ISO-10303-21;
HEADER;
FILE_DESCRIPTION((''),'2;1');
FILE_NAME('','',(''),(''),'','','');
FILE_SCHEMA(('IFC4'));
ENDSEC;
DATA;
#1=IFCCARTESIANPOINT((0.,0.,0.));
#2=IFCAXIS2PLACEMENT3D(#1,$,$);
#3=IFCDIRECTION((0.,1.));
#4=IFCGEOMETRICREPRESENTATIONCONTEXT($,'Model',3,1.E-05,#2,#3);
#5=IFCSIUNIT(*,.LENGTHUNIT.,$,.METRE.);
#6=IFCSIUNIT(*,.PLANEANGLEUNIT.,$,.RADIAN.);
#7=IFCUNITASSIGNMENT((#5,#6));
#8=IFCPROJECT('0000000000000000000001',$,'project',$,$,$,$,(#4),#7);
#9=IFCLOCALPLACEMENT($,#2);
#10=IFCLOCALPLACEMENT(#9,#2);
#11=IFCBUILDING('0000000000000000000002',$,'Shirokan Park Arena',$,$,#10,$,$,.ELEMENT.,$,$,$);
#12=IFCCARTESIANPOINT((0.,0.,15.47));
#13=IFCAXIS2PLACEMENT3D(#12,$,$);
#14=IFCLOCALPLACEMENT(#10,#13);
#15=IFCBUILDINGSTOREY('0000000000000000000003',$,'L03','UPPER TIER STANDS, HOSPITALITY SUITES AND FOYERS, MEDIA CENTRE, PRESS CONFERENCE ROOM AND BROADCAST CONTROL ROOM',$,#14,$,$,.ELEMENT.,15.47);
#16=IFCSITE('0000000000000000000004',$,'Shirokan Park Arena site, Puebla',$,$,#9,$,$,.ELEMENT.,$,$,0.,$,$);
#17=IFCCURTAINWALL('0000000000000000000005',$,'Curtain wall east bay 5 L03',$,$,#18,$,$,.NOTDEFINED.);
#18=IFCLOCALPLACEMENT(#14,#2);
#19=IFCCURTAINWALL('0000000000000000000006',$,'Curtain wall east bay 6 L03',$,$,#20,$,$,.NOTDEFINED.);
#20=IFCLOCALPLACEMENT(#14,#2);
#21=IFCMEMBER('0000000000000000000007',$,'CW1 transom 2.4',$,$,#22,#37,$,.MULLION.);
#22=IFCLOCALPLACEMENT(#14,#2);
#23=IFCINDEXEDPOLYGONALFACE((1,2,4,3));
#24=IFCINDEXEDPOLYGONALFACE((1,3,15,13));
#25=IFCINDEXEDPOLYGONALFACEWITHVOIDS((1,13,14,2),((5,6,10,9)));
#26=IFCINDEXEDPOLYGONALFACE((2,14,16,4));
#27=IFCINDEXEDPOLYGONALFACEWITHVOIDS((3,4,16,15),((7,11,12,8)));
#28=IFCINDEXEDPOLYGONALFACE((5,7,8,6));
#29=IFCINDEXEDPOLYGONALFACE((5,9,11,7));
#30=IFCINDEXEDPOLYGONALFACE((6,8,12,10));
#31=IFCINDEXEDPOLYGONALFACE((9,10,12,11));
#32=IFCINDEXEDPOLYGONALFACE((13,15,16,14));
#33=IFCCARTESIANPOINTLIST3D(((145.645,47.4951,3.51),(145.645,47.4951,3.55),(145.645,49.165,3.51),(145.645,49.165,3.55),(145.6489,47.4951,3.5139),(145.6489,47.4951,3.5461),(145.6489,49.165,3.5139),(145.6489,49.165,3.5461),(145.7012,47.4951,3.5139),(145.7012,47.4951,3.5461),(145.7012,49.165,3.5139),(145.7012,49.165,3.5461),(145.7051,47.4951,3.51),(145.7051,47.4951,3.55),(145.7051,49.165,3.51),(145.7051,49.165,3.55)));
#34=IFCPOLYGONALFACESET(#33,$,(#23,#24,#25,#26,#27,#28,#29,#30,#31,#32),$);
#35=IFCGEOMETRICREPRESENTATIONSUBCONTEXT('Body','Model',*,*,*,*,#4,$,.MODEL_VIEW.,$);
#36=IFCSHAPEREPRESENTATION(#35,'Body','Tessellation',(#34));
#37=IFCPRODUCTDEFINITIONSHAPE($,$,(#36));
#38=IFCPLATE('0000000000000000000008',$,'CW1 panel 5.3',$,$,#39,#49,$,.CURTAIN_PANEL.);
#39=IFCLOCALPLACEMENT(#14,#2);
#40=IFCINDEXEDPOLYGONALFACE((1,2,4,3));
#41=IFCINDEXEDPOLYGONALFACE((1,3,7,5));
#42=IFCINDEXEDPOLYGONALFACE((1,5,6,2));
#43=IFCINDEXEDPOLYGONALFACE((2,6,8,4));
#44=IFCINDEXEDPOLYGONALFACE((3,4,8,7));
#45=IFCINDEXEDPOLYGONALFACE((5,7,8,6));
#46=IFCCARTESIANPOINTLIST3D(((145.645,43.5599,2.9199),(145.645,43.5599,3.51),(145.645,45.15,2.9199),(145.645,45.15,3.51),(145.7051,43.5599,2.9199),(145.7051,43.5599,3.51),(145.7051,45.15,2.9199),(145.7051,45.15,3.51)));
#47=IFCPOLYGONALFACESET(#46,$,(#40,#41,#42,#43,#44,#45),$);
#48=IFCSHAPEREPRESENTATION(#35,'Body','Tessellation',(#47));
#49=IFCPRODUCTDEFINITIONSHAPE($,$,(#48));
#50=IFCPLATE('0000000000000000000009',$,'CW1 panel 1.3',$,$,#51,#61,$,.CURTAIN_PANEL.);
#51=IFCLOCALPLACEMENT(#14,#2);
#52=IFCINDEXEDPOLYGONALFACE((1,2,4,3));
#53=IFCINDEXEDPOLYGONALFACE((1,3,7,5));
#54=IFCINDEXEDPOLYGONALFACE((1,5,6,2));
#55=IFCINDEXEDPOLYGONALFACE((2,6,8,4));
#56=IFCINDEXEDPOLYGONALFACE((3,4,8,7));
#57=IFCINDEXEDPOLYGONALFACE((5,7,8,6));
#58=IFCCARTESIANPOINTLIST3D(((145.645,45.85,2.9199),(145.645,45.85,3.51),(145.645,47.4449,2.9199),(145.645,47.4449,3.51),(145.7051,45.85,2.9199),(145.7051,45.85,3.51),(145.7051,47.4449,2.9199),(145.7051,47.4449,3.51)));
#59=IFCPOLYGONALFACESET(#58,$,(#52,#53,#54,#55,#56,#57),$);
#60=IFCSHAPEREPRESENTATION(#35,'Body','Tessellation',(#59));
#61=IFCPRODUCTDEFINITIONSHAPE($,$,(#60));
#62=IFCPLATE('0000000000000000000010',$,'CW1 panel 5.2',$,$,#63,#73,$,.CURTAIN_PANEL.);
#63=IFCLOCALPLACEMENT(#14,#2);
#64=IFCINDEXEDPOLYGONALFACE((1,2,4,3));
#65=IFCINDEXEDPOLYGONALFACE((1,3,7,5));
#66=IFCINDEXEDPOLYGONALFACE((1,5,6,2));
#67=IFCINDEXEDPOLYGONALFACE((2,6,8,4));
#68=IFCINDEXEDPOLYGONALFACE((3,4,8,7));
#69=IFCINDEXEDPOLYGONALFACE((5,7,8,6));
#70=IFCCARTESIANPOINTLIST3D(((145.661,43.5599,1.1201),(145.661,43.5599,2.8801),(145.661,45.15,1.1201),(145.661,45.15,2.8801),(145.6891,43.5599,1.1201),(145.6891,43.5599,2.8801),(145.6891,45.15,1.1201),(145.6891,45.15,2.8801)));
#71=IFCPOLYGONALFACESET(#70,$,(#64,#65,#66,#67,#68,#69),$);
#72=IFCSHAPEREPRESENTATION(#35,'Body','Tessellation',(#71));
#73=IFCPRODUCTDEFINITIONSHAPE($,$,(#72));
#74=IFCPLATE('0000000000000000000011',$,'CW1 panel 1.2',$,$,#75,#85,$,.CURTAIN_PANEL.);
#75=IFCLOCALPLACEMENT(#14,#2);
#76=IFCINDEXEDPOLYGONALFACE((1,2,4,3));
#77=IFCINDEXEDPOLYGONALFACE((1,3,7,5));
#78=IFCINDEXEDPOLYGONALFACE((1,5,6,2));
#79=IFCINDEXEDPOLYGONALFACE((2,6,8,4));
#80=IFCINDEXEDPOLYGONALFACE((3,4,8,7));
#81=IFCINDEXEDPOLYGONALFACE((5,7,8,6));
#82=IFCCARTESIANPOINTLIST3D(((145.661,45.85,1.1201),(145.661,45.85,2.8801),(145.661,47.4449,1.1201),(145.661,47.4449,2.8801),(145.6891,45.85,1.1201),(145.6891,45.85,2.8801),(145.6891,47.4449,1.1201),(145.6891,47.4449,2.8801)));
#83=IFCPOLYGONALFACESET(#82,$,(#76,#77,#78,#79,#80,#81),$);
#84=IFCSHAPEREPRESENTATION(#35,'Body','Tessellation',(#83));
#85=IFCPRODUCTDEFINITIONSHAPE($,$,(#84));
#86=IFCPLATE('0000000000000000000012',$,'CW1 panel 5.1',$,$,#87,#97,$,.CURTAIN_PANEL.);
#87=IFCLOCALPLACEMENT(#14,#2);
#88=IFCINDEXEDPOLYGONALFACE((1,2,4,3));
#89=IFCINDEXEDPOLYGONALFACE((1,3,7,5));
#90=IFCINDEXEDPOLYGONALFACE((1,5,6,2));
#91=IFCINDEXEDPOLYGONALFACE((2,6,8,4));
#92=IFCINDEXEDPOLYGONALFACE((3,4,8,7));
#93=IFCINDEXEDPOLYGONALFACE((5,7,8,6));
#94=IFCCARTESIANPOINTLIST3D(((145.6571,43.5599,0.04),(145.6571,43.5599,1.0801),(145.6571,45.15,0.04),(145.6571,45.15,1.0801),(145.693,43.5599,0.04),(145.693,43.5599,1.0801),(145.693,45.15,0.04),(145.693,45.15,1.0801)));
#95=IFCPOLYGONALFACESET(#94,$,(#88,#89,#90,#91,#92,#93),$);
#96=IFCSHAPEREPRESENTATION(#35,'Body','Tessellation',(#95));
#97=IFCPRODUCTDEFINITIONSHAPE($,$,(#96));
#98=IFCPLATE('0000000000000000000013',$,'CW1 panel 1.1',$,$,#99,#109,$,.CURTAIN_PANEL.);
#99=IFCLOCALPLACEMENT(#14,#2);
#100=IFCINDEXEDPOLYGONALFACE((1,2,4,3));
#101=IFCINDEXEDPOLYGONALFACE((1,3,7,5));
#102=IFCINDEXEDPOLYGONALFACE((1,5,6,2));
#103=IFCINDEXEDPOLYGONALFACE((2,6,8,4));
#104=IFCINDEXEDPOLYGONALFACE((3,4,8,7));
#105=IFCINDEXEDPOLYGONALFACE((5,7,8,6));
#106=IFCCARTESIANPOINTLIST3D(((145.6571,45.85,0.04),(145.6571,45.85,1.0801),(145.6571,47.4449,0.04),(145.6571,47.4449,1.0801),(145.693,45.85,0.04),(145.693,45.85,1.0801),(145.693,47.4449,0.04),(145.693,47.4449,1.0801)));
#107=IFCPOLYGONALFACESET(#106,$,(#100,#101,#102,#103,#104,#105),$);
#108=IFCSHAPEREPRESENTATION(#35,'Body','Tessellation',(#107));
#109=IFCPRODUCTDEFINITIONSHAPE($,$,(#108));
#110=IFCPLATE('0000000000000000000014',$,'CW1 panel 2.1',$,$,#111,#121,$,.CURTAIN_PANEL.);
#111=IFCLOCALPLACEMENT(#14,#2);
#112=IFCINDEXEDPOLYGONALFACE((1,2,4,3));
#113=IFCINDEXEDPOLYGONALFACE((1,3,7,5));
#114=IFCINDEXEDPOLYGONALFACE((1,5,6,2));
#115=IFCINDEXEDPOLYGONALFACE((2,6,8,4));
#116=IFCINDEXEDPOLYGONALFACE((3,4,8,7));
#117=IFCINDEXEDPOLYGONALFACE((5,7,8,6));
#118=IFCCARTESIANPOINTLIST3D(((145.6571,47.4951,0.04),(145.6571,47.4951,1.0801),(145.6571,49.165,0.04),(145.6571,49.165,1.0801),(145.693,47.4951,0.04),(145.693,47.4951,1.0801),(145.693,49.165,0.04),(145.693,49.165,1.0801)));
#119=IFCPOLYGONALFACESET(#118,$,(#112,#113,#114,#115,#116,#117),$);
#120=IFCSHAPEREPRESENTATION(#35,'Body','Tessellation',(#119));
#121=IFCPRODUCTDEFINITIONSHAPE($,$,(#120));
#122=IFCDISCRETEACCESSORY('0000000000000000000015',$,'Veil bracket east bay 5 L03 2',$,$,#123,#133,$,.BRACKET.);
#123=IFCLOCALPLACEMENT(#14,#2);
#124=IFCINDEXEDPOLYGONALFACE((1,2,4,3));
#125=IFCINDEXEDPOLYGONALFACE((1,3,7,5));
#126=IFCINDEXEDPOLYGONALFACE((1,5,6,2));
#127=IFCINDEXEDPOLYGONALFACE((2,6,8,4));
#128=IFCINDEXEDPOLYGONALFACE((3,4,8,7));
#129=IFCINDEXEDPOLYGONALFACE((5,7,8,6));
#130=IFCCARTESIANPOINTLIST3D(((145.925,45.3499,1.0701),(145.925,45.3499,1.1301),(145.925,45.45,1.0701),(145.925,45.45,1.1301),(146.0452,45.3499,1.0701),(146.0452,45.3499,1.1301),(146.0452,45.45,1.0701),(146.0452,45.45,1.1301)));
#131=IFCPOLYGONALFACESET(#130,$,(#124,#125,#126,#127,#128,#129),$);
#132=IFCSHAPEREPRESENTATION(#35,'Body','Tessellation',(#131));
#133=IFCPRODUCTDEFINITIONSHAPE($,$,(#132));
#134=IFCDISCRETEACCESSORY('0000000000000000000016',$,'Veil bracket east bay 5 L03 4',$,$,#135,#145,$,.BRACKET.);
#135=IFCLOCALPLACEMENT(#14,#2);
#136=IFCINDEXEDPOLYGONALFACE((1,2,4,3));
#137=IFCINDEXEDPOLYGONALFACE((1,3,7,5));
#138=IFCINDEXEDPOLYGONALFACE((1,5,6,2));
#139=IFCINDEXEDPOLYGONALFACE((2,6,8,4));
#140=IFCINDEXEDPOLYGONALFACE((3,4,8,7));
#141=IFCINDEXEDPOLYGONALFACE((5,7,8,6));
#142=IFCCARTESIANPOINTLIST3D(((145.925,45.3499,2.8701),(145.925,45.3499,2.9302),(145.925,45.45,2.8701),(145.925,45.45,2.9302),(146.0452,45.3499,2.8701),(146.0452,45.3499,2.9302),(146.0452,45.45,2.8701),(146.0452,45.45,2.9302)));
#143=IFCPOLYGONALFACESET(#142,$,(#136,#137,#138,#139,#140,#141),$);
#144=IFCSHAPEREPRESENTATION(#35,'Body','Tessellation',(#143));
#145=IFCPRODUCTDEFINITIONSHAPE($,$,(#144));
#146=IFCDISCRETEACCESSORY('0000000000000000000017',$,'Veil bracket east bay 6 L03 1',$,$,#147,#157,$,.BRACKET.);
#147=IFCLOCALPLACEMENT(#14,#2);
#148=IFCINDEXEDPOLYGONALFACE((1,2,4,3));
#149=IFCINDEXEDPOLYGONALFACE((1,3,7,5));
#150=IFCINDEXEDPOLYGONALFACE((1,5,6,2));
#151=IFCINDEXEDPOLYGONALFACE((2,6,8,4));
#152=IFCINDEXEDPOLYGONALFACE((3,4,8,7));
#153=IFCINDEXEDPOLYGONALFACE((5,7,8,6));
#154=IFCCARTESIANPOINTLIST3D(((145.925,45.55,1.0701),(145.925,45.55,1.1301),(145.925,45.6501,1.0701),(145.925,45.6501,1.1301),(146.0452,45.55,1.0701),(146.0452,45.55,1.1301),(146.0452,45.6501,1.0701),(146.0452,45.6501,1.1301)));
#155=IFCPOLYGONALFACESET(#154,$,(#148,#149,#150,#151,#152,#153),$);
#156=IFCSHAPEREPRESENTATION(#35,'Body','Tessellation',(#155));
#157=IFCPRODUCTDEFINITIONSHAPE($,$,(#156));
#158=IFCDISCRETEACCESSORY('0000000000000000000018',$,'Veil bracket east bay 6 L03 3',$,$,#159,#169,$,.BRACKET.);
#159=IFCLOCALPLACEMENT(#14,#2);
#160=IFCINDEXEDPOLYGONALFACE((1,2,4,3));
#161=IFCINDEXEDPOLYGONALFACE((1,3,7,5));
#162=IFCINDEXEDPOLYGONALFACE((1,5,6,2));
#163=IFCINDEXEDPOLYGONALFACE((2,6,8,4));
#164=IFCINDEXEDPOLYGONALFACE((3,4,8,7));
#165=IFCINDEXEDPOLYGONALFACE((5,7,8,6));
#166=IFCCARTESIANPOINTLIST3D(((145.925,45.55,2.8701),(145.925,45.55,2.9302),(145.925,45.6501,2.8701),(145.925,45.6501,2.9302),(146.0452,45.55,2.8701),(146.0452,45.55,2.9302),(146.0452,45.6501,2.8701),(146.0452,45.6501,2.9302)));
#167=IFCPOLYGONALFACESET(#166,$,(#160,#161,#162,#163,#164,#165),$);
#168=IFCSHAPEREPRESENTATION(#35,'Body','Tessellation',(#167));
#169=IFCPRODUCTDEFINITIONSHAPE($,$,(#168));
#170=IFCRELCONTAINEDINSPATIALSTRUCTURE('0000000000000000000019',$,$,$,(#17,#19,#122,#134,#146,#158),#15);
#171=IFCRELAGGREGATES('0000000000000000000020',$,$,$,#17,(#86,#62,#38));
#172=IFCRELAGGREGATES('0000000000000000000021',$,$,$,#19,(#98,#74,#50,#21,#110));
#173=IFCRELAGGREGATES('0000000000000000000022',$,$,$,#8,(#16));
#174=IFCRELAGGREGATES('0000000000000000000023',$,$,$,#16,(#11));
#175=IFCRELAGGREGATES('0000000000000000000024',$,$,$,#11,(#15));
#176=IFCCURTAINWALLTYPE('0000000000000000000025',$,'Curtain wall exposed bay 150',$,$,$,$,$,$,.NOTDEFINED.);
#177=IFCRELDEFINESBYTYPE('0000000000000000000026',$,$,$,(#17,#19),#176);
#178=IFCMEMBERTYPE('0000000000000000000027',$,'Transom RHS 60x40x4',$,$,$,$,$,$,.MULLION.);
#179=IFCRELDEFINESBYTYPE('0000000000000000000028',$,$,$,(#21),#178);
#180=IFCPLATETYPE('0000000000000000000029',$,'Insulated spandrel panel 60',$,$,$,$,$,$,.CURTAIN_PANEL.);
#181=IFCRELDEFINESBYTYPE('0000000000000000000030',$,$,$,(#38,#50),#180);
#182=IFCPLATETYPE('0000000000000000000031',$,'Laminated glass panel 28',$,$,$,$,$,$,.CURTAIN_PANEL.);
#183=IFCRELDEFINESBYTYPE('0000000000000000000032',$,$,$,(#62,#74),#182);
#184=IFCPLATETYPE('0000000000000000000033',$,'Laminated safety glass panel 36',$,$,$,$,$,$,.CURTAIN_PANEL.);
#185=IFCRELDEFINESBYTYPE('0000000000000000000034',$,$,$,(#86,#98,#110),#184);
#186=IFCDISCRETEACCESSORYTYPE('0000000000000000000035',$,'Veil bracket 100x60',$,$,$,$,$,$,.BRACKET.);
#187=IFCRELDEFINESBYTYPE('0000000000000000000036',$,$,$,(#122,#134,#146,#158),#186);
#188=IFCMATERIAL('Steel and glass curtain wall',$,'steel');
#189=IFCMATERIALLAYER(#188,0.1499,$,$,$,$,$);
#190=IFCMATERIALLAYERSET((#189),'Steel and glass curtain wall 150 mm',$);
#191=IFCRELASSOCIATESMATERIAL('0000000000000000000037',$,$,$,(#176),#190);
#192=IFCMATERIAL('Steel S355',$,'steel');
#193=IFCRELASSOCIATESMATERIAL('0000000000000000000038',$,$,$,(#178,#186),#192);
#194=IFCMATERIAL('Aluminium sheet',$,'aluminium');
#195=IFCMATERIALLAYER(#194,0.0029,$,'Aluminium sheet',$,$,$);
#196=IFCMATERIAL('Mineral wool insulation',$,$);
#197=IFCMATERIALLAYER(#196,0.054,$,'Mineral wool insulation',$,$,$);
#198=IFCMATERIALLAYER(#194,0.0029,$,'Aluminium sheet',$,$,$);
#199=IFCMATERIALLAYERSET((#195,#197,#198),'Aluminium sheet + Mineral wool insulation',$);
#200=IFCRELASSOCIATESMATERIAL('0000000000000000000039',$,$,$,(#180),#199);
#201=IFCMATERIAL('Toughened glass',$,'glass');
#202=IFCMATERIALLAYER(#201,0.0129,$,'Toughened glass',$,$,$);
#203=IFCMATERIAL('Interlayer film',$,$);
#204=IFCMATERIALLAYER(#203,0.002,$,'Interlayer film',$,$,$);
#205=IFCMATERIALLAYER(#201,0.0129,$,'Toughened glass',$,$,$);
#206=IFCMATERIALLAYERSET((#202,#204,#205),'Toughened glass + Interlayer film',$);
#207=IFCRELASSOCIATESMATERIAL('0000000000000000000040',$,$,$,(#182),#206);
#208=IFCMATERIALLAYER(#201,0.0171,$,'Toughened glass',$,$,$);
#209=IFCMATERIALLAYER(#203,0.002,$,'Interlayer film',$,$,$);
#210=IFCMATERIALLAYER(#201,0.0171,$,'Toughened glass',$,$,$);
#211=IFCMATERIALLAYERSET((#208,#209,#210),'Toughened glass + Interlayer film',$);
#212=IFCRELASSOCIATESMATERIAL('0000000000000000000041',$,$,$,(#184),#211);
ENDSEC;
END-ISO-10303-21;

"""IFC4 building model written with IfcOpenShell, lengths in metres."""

from ifc_helpers import new_model, si_unit, direction, frame, origin, origin_2d, place, context, subcontext, project, spatial, rectangle, hollow_rectangle, extrude, material, layer, layer_set, material_profile, profile_set, type_object, element, aggregate, save


model = new_model("IFC4")

# Units and contexts
model_context = context("Model", 3, precision=1e-05, world=origin(), true_north=direction((0.0, 1.0)))
body_context = subcontext(model_context, "Body", "Model", "MODEL_VIEW")
ifc_project = project(units=[si_unit("LENGTHUNIT", "METRE"), si_unit("PLANEANGLEUNIT", "RADIAN")], contexts=[model_context])

# Site, building, storey
site_placement = place(None, origin())
site = spatial("IfcSite", under=ifc_project, at=site_placement, Name="Shirokan Park Arena site, Puebla", CompositionType="ELEMENT", RefElevation=0.0)
building_placement = place(site_placement, origin())
building = spatial("IfcBuilding", under=site, at=building_placement, Name="Shirokan Park Arena", CompositionType="ELEMENT")
storey_placement = place(building_placement, frame((0.0, 0.0, 15.47)))
storey = spatial("IfcBuildingStorey", under=building, at=storey_placement, Name="L03", Description="UPPER TIER STANDS, HOSPITALITY SUITES AND FOYERS, MEDIA CENTRE, PRESS CONFERENCE ROOM AND BROADCAST CONTROL ROOM", CompositionType="ELEMENT", Elevation=15.47)

# Curtain wall
ifc_material_1 = material(Name="Steel and glass curtain wall", Category="steel")
ifc_layer_1 = layer(ifc_material_1, 0.1499)
ifc_layer_set_1 = layer_set([ifc_layer_1], Name="Steel and glass curtain wall 150 mm")
curtain_wall_type = type_object("IfcCurtainWallType", Name="Curtain wall exposed bay 150", PredefinedType="NOTDEFINED", material=ifc_layer_set_1)
curtain_wall_1_placement = place(storey_placement, origin())
curtain_wall_1 = element("IfcCurtainWall", 1, at=curtain_wall_1_placement, inside=storey, type_object=curtain_wall_type, Name="Curtain wall east bay 5 L03", PredefinedType="NOTDEFINED")
ifc_material_2 = material(Name="Steel S355", Category="steel")

# Curtain wall
curtain_wall_2_placement = place(storey_placement, origin())
curtain_wall_2 = element("IfcCurtainWall", 2, at=curtain_wall_2_placement, inside=storey, type_object=curtain_wall_type, Name="Curtain wall east bay 6 L03", PredefinedType="NOTDEFINED")

# Member
ifc_material_profile_1 = material_profile(ifc_material_2, hollow_rectangle(XDim=0.0601, YDim=0.04, WallThickness=0.0039, at=origin_2d()), Name="RHS 60x40x4")
ifc_profile_set_1 = profile_set([ifc_material_profile_1], Name="Steel S355")
member_type_1 = type_object("IfcMemberType", Name="Transom RHS 60x40x4", PredefinedType="MULLION", material=ifc_profile_set_1)
member_1_placement = place(storey_placement, frame((145.675, 47.4951, 3.53), z_axis=(0.0, 1.0, 0.0), x_axis=(-1.0, 0.0, 0.0)))
member_1 = element("IfcMember", 3, at=member_1_placement, type_object=member_type_1, Name="CW1 transom 2.4", PredefinedType="MULLION", context=body_context, shape_type="SweptSolid", body=[
    extrude(hollow_rectangle(XDim=0.0601, YDim=0.04, WallThickness=0.0039, at=origin_2d()), origin(), (0.0, 0.0, 1.0), 1.6699),
])

# Plates
ifc_material_3 = material(Name="Aluminium sheet", Category="aluminium")
ifc_layer_2 = layer(ifc_material_3, 0.0029, Name="Aluminium sheet")
ifc_material_4 = material(Name="Mineral wool insulation")
ifc_layer_3 = layer(ifc_material_4, 0.054, Name="Mineral wool insulation")
ifc_layer_4 = layer(ifc_material_3, 0.0029, Name="Aluminium sheet")
ifc_layer_set_2 = layer_set([ifc_layer_2, ifc_layer_3, ifc_layer_4], Name="Aluminium sheet + Mineral wool insulation")
plate_type_1 = type_object("IfcPlateType", Name="Insulated spandrel panel 60", PredefinedType="CURTAIN_PANEL", material=ifc_layer_set_2)
plate_1_placement = place(storey_placement, frame((145.675, 44.355, 2.9199), z_axis=(0.0, 0.0, 1.0), x_axis=(0.0, 1.0, 0.0)))
plate_1 = element("IfcPlate", 4, at=plate_1_placement, type_object=plate_type_1, Name="CW1 panel 5.3", PredefinedType="CURTAIN_PANEL", context=body_context, shape_type="SweptSolid", body=[
    extrude(rectangle(XDim=1.5901, YDim=0.0601, at=origin_2d()), origin(), (0.0, 0.0, 1.0), 0.5901),
])
plate_2_placement = place(storey_placement, frame((145.675, 46.6475, 2.9199), z_axis=(0.0, 0.0, 1.0), x_axis=(0.0, 1.0, 0.0)))
plate_2 = element("IfcPlate", 5, at=plate_2_placement, type_object=plate_type_1, Name="CW1 panel 1.3", PredefinedType="CURTAIN_PANEL", context=body_context, shape_type="SweptSolid", body=[
    extrude(rectangle(XDim=1.595, YDim=0.0601, at=origin_2d()), origin(), (0.0, 0.0, 1.0), 0.5901),
])
ifc_material_5 = material(Name="Toughened glass", Category="glass")
ifc_layer_5 = layer(ifc_material_5, 0.0129, Name="Toughened glass")
ifc_material_6 = material(Name="Interlayer film")
ifc_layer_6 = layer(ifc_material_6, 0.002, Name="Interlayer film")
ifc_layer_7 = layer(ifc_material_5, 0.0129, Name="Toughened glass")
ifc_layer_set_3 = layer_set([ifc_layer_5, ifc_layer_6, ifc_layer_7], Name="Toughened glass + Interlayer film")
plate_type_2 = type_object("IfcPlateType", Name="Laminated glass panel 28", PredefinedType="CURTAIN_PANEL", material=ifc_layer_set_3)
plate_3_placement = place(storey_placement, frame((145.675, 44.355, 1.1201), z_axis=(0.0, 0.0, 1.0), x_axis=(0.0, 1.0, 0.0)))
plate_3 = element("IfcPlate", 6, at=plate_3_placement, type_object=plate_type_2, Name="CW1 panel 5.2", PredefinedType="CURTAIN_PANEL", context=body_context, shape_type="SweptSolid", body=[
    extrude(rectangle(XDim=1.5901, YDim=0.0281, at=origin_2d()), origin(), (0.0, 0.0, 1.0), 1.76),
])
plate_4_placement = place(storey_placement, frame((145.675, 46.6475, 1.1201), z_axis=(0.0, 0.0, 1.0), x_axis=(0.0, 1.0, 0.0)))
plate_4 = element("IfcPlate", 7, at=plate_4_placement, type_object=plate_type_2, Name="CW1 panel 1.2", PredefinedType="CURTAIN_PANEL", context=body_context, shape_type="SweptSolid", body=[
    extrude(rectangle(XDim=1.595, YDim=0.0281, at=origin_2d()), origin(), (0.0, 0.0, 1.0), 1.76),
])
ifc_layer_8 = layer(ifc_material_5, 0.0171, Name="Toughened glass")
ifc_layer_9 = layer(ifc_material_6, 0.002, Name="Interlayer film")
ifc_layer_10 = layer(ifc_material_5, 0.0171, Name="Toughened glass")
ifc_layer_set_4 = layer_set([ifc_layer_8, ifc_layer_9, ifc_layer_10], Name="Toughened glass + Interlayer film")
plate_type_3 = type_object("IfcPlateType", Name="Laminated safety glass panel 36", PredefinedType="CURTAIN_PANEL", material=ifc_layer_set_4)
plate_5_placement = place(storey_placement, frame((145.675, 44.355, 0.04), z_axis=(0.0, 0.0, 1.0), x_axis=(0.0, 1.0, 0.0)))
plate_5 = element("IfcPlate", 8, at=plate_5_placement, type_object=plate_type_3, Name="CW1 panel 5.1", PredefinedType="CURTAIN_PANEL", context=body_context, shape_type="SweptSolid", body=[
    extrude(rectangle(XDim=1.5901, YDim=0.0359, at=origin_2d()), origin(), (0.0, 0.0, 1.0), 1.04),
])
aggregate(curtain_wall_1, [plate_5, plate_3, plate_1])
plate_6_placement = place(storey_placement, frame((145.675, 46.6475, 0.04), z_axis=(0.0, 0.0, 1.0), x_axis=(0.0, 1.0, 0.0)))
plate_6 = element("IfcPlate", 9, at=plate_6_placement, type_object=plate_type_3, Name="CW1 panel 1.1", PredefinedType="CURTAIN_PANEL", context=body_context, shape_type="SweptSolid", body=[
    extrude(rectangle(XDim=1.595, YDim=0.0359, at=origin_2d()), origin(), (0.0, 0.0, 1.0), 1.04),
])
plate_7_placement = place(storey_placement, frame((145.675, 48.3301, 0.04), z_axis=(0.0, 0.0, 1.0), x_axis=(0.0, 1.0, 0.0)))
plate_7 = element("IfcPlate", 10, at=plate_7_placement, type_object=plate_type_3, Name="CW1 panel 2.1", PredefinedType="CURTAIN_PANEL", context=body_context, shape_type="SweptSolid", body=[
    extrude(rectangle(XDim=1.6699, YDim=0.0359, at=origin_2d()), origin(), (0.0, 0.0, 1.0), 1.04),
])
aggregate(curtain_wall_2, [plate_6, plate_4, plate_2, member_1, plate_7])

# Discrete accessories
discrete_accessory_type = type_object("IfcDiscreteAccessoryType", Name="Veil bracket 100x60", PredefinedType="BRACKET", material=ifc_material_2)
for number, where, z_axis, x_axis, name in (
    (11, (145.9851, 45.3999, 1.0701), (0.0, 0.0, 1.0), (0.0, 1.0, 0.0), "Veil bracket east bay 5 L03 2"),
    (12, (145.9851, 45.3999, 2.8701), (0.0, 0.0, 1.0), (0.0, 1.0, 0.0), "Veil bracket east bay 5 L03 4"),
    (13, (145.9851, 45.6001, 1.0701), (0.0, 0.0, 1.0), (0.0, 1.0, 0.0), "Veil bracket east bay 6 L03 1"),
    (14, (145.9851, 45.6001, 2.8701), (0.0, 0.0, 1.0), (0.0, 1.0, 0.0), "Veil bracket east bay 6 L03 3"),
):
    element("IfcDiscreteAccessory", number, at=place(storey_placement, frame(where, z_axis=z_axis, x_axis=x_axis)), inside=storey, type_object=discrete_accessory_type, Name=name, PredefinedType="BRACKET", context=body_context, shape_type="SweptSolid", body=[
        extrude(rectangle(XDim=0.1001, YDim=0.1201, at=origin_2d()), origin(), (0.0, 0.0, 1.0), 0.0601),
    ])

save(model, "model.ifc")
